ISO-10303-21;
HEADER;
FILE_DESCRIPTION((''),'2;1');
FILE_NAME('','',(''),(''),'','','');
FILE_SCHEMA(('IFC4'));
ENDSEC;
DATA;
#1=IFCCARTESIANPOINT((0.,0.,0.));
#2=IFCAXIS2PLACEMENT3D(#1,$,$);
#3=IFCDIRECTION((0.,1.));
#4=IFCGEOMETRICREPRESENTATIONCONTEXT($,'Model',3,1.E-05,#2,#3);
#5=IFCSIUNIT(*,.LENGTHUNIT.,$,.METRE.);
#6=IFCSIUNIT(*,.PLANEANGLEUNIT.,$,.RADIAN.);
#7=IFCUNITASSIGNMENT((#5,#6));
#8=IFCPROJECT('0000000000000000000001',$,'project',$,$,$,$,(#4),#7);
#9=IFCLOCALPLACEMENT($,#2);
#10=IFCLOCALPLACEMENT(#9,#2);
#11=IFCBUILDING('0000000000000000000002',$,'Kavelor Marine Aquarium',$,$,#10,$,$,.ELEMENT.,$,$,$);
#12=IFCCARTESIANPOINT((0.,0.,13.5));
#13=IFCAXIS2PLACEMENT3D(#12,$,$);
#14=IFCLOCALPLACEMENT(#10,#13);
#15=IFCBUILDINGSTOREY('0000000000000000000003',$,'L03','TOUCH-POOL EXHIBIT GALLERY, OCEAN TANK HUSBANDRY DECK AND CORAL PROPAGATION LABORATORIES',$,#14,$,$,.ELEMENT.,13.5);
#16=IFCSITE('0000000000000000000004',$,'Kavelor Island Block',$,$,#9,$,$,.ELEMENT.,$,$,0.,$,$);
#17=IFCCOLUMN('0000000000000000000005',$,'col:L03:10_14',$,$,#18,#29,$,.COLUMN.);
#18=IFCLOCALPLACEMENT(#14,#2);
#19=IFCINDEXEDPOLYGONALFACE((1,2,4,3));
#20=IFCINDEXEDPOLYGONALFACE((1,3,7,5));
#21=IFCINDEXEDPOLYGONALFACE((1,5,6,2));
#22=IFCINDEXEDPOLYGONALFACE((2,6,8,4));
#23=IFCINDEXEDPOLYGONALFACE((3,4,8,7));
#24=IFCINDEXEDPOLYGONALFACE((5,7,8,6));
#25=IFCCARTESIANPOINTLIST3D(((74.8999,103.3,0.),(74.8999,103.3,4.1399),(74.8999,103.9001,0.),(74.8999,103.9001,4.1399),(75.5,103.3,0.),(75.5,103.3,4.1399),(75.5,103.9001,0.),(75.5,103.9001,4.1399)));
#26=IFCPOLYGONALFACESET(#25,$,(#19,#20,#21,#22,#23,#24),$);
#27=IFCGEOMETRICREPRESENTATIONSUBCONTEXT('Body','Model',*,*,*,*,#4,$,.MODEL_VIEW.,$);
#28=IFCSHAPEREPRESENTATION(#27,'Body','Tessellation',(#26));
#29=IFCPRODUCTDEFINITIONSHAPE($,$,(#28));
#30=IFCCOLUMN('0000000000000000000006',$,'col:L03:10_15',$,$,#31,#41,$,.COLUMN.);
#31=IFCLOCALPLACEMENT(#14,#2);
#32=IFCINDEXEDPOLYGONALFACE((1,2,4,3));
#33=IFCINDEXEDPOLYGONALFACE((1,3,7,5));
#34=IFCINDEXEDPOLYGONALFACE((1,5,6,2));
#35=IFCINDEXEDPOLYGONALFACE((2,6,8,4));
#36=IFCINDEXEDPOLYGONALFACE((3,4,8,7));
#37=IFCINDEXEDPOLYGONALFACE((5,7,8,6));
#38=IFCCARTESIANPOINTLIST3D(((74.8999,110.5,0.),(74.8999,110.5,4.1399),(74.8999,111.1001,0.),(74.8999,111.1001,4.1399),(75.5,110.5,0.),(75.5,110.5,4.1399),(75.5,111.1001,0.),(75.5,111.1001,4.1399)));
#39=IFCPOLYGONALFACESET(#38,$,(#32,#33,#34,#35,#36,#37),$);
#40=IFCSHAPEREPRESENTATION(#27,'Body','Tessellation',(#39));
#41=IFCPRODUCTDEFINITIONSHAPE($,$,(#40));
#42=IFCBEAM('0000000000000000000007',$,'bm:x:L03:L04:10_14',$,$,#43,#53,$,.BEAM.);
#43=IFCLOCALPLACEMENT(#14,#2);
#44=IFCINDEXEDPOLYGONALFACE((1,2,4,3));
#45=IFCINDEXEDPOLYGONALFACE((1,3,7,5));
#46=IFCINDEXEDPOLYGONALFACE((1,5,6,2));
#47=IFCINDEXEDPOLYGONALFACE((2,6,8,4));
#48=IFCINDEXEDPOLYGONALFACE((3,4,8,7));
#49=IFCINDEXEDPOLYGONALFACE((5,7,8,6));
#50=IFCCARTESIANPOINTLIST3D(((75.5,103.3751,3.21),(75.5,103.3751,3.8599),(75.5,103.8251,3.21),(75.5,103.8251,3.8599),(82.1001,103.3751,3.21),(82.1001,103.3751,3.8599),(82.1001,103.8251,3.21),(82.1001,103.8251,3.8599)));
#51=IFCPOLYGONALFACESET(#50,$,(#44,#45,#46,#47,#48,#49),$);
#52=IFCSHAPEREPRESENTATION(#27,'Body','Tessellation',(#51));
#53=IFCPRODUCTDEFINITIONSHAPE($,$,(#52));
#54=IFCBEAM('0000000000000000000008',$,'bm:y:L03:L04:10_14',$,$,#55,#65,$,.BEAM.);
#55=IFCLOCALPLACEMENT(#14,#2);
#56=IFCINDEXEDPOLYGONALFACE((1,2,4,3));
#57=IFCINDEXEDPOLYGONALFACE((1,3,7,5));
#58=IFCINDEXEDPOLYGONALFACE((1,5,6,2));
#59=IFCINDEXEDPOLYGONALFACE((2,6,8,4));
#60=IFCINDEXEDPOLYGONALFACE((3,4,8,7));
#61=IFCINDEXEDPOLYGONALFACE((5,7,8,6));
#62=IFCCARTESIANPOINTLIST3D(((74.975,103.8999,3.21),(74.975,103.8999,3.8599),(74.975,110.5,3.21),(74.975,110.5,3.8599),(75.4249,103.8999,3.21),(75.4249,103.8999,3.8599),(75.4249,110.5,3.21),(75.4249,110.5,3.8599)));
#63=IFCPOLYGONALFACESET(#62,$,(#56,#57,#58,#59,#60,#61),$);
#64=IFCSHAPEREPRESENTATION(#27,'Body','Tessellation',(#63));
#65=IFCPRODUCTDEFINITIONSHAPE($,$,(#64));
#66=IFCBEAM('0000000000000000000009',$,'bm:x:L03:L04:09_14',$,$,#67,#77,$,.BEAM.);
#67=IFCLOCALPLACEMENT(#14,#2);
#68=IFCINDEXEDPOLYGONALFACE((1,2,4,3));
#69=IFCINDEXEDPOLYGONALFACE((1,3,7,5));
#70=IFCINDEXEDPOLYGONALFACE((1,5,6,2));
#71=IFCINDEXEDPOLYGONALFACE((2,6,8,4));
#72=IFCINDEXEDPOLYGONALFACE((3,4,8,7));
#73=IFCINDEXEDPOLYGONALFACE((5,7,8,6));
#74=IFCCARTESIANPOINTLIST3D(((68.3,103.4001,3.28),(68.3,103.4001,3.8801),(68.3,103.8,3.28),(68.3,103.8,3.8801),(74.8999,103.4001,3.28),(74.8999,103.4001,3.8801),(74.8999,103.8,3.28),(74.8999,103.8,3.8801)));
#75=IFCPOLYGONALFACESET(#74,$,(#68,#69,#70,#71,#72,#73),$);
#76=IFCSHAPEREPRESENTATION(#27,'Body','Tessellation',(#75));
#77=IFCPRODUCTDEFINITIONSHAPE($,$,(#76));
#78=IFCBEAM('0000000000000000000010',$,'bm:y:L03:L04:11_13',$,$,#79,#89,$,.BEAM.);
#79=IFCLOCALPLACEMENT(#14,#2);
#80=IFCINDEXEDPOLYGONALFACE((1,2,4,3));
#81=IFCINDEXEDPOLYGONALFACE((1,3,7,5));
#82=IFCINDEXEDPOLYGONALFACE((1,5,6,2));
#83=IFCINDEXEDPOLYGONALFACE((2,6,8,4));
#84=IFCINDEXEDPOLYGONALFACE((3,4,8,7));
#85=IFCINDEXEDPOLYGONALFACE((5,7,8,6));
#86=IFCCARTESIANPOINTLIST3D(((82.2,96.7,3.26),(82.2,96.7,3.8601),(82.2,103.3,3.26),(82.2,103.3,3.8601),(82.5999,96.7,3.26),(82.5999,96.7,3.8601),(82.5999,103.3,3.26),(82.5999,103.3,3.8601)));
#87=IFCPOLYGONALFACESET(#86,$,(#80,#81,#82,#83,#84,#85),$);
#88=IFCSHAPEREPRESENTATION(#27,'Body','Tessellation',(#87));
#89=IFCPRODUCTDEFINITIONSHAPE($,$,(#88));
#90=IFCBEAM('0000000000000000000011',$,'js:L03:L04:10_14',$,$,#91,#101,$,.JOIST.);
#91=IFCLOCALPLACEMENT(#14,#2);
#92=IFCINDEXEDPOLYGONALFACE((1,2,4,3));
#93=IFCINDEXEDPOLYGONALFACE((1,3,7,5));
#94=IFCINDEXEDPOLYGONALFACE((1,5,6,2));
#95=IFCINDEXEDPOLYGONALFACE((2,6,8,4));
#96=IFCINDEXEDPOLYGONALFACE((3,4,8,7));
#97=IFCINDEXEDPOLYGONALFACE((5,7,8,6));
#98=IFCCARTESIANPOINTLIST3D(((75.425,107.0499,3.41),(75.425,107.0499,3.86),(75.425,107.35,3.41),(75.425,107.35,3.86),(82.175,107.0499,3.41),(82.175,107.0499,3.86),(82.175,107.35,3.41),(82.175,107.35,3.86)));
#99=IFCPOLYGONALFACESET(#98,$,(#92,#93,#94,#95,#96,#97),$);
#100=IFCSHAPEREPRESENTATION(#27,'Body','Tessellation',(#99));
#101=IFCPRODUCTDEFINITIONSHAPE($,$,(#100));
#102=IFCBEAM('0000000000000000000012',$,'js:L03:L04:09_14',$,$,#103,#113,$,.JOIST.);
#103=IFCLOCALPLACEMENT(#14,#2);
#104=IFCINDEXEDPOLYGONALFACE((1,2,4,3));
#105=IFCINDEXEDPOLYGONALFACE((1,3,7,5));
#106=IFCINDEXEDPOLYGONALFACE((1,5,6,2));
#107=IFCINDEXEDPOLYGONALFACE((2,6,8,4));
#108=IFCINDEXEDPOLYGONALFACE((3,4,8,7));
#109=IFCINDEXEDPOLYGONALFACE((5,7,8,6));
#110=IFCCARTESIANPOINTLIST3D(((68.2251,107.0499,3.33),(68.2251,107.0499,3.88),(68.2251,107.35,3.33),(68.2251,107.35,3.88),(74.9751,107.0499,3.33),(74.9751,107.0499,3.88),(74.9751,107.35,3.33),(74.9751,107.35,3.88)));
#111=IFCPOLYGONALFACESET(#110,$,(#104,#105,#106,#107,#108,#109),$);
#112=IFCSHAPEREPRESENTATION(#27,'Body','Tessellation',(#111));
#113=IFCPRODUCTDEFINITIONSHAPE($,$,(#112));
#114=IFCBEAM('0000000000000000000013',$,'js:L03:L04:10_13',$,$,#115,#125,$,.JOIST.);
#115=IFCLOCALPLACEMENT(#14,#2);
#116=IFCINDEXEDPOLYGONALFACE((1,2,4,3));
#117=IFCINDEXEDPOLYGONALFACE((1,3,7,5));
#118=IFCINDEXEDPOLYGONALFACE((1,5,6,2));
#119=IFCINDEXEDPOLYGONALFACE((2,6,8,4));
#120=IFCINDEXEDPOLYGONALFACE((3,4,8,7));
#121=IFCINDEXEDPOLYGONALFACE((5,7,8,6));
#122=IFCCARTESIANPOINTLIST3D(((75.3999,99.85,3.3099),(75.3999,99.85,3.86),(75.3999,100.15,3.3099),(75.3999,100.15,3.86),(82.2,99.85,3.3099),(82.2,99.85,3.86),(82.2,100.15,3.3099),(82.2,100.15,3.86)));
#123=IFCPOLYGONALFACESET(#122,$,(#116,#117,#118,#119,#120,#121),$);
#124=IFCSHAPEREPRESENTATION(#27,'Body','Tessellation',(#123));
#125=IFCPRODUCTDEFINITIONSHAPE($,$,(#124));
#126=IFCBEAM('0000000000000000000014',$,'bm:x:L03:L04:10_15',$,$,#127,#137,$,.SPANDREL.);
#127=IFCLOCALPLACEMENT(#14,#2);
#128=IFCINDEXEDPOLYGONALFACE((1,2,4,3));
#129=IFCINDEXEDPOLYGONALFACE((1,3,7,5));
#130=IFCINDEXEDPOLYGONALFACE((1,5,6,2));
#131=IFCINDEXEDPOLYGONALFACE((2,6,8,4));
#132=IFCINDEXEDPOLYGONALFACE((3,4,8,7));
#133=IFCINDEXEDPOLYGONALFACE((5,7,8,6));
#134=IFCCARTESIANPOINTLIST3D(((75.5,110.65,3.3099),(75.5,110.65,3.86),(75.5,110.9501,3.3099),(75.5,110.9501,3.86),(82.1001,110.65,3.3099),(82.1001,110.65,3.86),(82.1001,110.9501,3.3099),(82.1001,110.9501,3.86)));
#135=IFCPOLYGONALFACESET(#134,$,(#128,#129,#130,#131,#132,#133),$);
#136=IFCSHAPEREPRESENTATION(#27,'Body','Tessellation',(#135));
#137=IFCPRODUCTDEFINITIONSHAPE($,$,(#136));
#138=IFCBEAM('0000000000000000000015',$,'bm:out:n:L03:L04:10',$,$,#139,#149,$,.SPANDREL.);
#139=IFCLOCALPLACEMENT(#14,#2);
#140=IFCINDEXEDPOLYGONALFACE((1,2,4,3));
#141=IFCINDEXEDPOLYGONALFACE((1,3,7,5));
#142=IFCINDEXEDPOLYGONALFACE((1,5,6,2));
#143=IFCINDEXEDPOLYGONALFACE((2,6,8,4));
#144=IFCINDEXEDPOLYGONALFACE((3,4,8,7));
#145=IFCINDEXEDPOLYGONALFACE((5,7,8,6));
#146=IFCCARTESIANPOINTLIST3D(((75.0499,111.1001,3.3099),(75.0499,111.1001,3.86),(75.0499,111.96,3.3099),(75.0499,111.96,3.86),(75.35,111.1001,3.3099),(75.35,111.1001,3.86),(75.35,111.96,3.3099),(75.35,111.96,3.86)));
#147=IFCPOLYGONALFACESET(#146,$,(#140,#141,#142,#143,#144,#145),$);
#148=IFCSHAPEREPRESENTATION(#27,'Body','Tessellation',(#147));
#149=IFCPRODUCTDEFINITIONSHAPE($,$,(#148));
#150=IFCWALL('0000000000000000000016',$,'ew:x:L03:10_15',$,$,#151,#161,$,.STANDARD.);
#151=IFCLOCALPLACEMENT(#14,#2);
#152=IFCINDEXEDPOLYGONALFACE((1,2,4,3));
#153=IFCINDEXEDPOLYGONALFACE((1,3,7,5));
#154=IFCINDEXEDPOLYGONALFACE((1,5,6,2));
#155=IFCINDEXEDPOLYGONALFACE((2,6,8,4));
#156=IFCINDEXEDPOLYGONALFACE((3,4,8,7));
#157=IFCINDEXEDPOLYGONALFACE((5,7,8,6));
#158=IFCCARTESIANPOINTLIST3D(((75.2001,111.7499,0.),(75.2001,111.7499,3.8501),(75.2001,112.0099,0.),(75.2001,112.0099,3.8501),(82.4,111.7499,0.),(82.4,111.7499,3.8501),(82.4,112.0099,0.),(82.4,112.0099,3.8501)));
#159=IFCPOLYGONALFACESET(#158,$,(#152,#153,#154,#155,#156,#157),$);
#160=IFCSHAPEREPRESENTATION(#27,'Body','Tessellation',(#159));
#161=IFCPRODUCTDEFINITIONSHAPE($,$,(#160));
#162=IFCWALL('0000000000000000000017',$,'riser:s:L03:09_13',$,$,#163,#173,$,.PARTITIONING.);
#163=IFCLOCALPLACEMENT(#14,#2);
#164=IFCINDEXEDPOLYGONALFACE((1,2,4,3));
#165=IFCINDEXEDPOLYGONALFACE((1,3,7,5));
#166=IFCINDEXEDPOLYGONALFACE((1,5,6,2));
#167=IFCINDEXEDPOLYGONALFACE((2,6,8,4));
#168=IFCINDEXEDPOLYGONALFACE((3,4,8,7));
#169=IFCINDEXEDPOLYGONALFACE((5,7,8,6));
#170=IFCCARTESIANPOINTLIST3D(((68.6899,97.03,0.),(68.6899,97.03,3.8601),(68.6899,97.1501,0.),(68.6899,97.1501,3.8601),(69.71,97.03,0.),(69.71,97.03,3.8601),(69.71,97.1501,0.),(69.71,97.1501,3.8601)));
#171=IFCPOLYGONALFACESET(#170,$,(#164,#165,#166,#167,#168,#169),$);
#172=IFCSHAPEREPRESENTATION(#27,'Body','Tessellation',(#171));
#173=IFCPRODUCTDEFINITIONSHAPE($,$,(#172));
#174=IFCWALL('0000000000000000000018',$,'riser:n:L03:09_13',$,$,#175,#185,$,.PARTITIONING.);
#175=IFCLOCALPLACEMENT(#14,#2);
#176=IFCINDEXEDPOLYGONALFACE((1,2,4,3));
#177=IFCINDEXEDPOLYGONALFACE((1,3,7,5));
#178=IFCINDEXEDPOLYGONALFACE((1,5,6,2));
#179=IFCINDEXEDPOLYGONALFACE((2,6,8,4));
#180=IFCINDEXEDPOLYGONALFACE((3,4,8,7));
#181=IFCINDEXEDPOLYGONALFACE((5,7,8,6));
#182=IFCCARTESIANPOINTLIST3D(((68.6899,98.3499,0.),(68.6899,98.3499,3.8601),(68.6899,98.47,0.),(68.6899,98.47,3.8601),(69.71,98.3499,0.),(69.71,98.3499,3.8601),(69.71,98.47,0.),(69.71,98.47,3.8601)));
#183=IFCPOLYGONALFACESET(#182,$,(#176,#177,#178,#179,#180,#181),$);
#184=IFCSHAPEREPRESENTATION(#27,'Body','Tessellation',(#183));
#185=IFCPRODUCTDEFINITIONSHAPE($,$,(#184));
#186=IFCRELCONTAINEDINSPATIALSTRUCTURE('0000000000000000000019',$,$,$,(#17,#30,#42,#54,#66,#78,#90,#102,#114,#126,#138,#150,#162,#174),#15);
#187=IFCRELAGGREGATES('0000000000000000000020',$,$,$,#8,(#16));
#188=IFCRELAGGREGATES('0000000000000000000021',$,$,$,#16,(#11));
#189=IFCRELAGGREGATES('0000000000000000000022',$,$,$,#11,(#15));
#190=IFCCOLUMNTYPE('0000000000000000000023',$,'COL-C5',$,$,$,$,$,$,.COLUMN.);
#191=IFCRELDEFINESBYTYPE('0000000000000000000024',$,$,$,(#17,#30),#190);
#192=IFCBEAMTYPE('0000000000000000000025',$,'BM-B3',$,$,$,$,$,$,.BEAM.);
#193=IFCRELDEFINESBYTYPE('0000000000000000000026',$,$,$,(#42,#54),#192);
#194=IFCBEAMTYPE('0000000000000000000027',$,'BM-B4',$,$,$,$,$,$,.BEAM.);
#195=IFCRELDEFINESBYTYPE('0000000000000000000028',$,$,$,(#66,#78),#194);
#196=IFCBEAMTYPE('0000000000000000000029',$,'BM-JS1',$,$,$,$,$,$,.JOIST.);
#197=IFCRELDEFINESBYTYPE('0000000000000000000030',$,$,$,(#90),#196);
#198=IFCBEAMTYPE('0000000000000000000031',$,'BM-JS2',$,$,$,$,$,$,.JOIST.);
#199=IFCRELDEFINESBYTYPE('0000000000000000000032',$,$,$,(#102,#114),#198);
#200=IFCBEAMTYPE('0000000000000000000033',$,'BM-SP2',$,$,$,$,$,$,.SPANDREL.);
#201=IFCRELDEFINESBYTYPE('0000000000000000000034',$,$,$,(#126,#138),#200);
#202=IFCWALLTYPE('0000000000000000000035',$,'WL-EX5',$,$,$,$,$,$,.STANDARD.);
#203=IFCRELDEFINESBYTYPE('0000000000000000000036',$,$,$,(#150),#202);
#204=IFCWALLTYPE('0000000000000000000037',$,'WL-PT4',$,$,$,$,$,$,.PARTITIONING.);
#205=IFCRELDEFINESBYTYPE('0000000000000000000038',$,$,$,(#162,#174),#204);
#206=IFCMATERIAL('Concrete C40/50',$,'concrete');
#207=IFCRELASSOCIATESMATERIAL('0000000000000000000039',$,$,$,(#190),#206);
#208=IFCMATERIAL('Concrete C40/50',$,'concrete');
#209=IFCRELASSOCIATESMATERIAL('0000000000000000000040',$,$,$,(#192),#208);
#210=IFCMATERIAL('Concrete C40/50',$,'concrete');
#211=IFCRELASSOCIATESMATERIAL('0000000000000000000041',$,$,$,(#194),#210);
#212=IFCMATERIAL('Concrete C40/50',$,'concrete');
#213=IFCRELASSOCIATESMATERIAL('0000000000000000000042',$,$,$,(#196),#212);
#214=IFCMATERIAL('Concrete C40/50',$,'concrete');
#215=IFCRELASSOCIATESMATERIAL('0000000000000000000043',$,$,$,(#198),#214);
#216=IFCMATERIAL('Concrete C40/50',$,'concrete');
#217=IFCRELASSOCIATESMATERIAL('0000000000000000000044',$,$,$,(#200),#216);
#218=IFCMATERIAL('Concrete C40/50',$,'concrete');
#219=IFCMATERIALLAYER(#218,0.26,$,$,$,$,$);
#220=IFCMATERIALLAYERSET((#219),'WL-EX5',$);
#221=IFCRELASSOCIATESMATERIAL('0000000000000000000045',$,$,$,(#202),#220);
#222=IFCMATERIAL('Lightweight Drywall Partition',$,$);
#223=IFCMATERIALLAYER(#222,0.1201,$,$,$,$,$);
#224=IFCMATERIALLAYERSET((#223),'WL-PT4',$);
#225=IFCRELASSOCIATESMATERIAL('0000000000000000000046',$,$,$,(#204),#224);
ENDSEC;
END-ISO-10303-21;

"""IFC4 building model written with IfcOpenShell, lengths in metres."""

from ifc_helpers import new_model, si_unit, direction, frame, frame_2d, origin, origin_2d, place, context, subcontext, project, spatial, rectangle, extrude, material, layer, layer_set, material_profile, profile_set, type_object, element, save


model = new_model("IFC4")

# Units and contexts
model_context = context("Model", 3, precision=1e-05, world=origin(), true_north=direction((0.0, 1.0)))
body_context = subcontext(model_context, "Body", "Model", "MODEL_VIEW")
ifc_project = project(units=[si_unit("LENGTHUNIT", "METRE"), si_unit("PLANEANGLEUNIT", "RADIAN")], contexts=[model_context])

# Site, building, storey
site_placement = place(None, origin())
site = spatial("IfcSite", under=ifc_project, at=site_placement, Name="Kavelor Island Block", CompositionType="ELEMENT", RefElevation=0.0)
building_placement = place(site_placement, origin())
building = spatial("IfcBuilding", under=site, at=building_placement, Name="Kavelor Marine Aquarium", CompositionType="ELEMENT")
storey_placement = place(building_placement, frame((0.0, 0.0, 13.5)))
storey = spatial("IfcBuildingStorey", under=building, at=storey_placement, Name="L03", Description="TOUCH-POOL EXHIBIT GALLERY, OCEAN TANK HUSBANDRY DECK AND CORAL PROPAGATION LABORATORIES", CompositionType="ELEMENT", Elevation=13.5)

# Columns
ifc_material_1 = material(Name="Concrete C40/50", Category="concrete")
ifc_material_profile_1 = material_profile(ifc_material_1, rectangle(XDim=0.6001, YDim=0.6001, at=origin_2d()), Name="RC-COL 600x600")
ifc_profile_set_1 = profile_set([ifc_material_profile_1], Name="Concrete C40/50")
column_type = type_object("IfcColumnType", Name="COL-C5", PredefinedType="COLUMN", material=ifc_profile_set_1)
for number, where, z_axis, x_axis, name in (
    (1, (75.2, 103.6001, 0.0), (0.0, 0.0, 1.0), (1.0, 0.0, 0.0), "col:L03:10_14"),
    (2, (75.2, 110.8, 0.0), (0.0, 0.0, 1.0), (1.0, 0.0, 0.0), "col:L03:10_15"),
):
    element("IfcColumn", number, at=place(storey_placement, frame(where, z_axis=z_axis, x_axis=x_axis)), inside=storey, type_object=column_type, Name=name, PredefinedType="COLUMN", context=body_context, shape_type="SweptSolid", body=[
        extrude(rectangle(XDim=0.6001, YDim=0.6001, at=origin_2d()), origin(), (0.0, 0.0, 1.0), 4.1399),
    ])

# Beams
ifc_material_2 = material(Name="Concrete C40/50", Category="concrete")
ifc_material_profile_2 = material_profile(ifc_material_2, rectangle(XDim=0.45, YDim=0.6499, at=origin_2d()), Name="RC-BM 450x650")
ifc_profile_set_2 = profile_set([ifc_material_profile_2], Name="Concrete C40/50")
beam_type_1 = type_object("IfcBeamType", Name="BM-B3", PredefinedType="BEAM", material=ifc_profile_set_2)
for number, where, z_axis, x_axis, name in (
    (3, (75.5, 103.6001, 3.5349), (1.0, 0.0, 0.0), (0.0, 1.0, 0.0), "bm:x:L03:L04:10_14"),
    (4, (75.2, 103.8999, 3.5349), (0.0, 1.0, 0.0), (-1.0, 0.0, 0.0), "bm:y:L03:L04:10_14"),
):
    element("IfcBeam", number, at=place(storey_placement, frame(where, z_axis=z_axis, x_axis=x_axis)), inside=storey, type_object=beam_type_1, Name=name, PredefinedType="BEAM", context=body_context, shape_type="SweptSolid", body=[
        extrude(rectangle(XDim=0.45, YDim=0.6499, at=origin_2d()), origin(), (0.0, 0.0, 1.0), 6.6001),
    ])
ifc_material_3 = material(Name="Concrete C40/50", Category="concrete")
ifc_material_profile_3 = material_profile(ifc_material_3, rectangle(XDim=0.3999, YDim=0.6001, at=origin_2d()), Name="RC-BM 400x600")
ifc_profile_set_3 = profile_set([ifc_material_profile_3], Name="Concrete C40/50")
beam_type_2 = type_object("IfcBeamType", Name="BM-B4", PredefinedType="BEAM", material=ifc_profile_set_3)
beam_1_placement = place(storey_placement, frame((68.3, 103.6001, 3.5801), z_axis=(1.0, 0.0, 0.0), x_axis=(0.0, 1.0, 0.0)))
element("IfcBeam", 5, at=beam_1_placement, inside=storey, type_object=beam_type_2, Name="bm:x:L03:L04:09_14", PredefinedType="BEAM", context=body_context, shape_type="SweptSolid", body=[
    extrude(rectangle(XDim=0.3999, YDim=0.6001, at=origin_2d()), origin(), (0.0, 0.0, 1.0), 6.5999),
])
beam_2_placement = place(storey_placement, frame((82.3999, 96.7, 3.5601), z_axis=(0.0, 1.0, 0.0), x_axis=(-1.0, 0.0, 0.0)))
element("IfcBeam", 6, at=beam_2_placement, inside=storey, type_object=beam_type_2, Name="bm:y:L03:L04:11_13", PredefinedType="BEAM", context=body_context, shape_type="SweptSolid", body=[
    extrude(rectangle(XDim=0.3999, YDim=0.6001, at=origin_2d()), origin(), (0.0, 0.0, 1.0), 6.6001),
])
ifc_material_4 = material(Name="Concrete C40/50", Category="concrete")
ifc_material_profile_4 = material_profile(ifc_material_4, rectangle(XDim=0.3, YDim=0.45, at=origin_2d()), Name="RC-JS 300x450")
ifc_profile_set_4 = profile_set([ifc_material_profile_4], Name="Concrete C40/50")
beam_type_3 = type_object("IfcBeamType", Name="BM-JS1", PredefinedType="JOIST", material=ifc_profile_set_4)
beam_3_placement = place(storey_placement, frame((75.425, 107.2, 3.635), z_axis=(1.0, 0.0, 0.0), x_axis=(0.0, 1.0, 0.0)))
element("IfcBeam", 7, at=beam_3_placement, inside=storey, type_object=beam_type_3, Name="js:L03:L04:10_14", PredefinedType="JOIST", context=body_context, shape_type="SweptSolid", body=[
    extrude(rectangle(XDim=0.3, YDim=0.45, at=origin_2d()), origin(), (0.0, 0.0, 1.0), 6.75),
])
ifc_material_5 = material(Name="Concrete C40/50", Category="concrete")
ifc_material_profile_5 = material_profile(ifc_material_5, rectangle(XDim=0.3, YDim=0.55, at=origin_2d()), Name="RC-JS 300x550")
ifc_profile_set_5 = profile_set([ifc_material_profile_5], Name="Concrete C40/50")
beam_type_4 = type_object("IfcBeamType", Name="BM-JS2", PredefinedType="JOIST", material=ifc_profile_set_5)
beam_4_placement = place(storey_placement, frame((68.2251, 107.2, 3.605), z_axis=(1.0, 0.0, 0.0), x_axis=(0.0, 1.0, 0.0)))
element("IfcBeam", 8, at=beam_4_placement, inside=storey, type_object=beam_type_4, Name="js:L03:L04:09_14", PredefinedType="JOIST", context=body_context, shape_type="SweptSolid", body=[
    extrude(rectangle(XDim=0.3, YDim=0.55, at=origin_2d()), origin(), (0.0, 0.0, 1.0), 6.75),
])
beam_5_placement = place(storey_placement, frame((75.3999, 100.0, 3.585), z_axis=(1.0, 0.0, 0.0), x_axis=(0.0, 1.0, 0.0)))
element("IfcBeam", 9, at=beam_5_placement, inside=storey, type_object=beam_type_4, Name="js:L03:L04:10_13", PredefinedType="JOIST", context=body_context, shape_type="SweptSolid", body=[
    extrude(rectangle(XDim=0.3, YDim=0.55, at=origin_2d()), origin(), (0.0, 0.0, 1.0), 6.8),
])
ifc_material_6 = material(Name="Concrete C40/50", Category="concrete")
ifc_material_profile_6 = material_profile(ifc_material_6, rectangle(XDim=0.3, YDim=0.55, at=origin_2d()), Name="RC-SP 300x550")
ifc_profile_set_6 = profile_set([ifc_material_profile_6], Name="Concrete C40/50")
beam_type_5 = type_object("IfcBeamType", Name="BM-SP2", PredefinedType="SPANDREL", material=ifc_profile_set_6)
beam_6_placement = place(storey_placement, frame((75.5, 110.8, 3.585), z_axis=(1.0, 0.0, 0.0), x_axis=(0.0, 1.0, 0.0)))
element("IfcBeam", 10, at=beam_6_placement, inside=storey, type_object=beam_type_5, Name="bm:x:L03:L04:10_15", PredefinedType="SPANDREL", context=body_context, shape_type="SweptSolid", body=[
    extrude(rectangle(XDim=0.3, YDim=0.55, at=origin_2d()), origin(), (0.0, 0.0, 1.0), 6.6001),
])
beam_7_placement = place(storey_placement, frame((75.2, 111.1001, 3.585), z_axis=(0.0, 1.0, 0.0), x_axis=(-1.0, 0.0, 0.0)))
element("IfcBeam", 11, at=beam_7_placement, inside=storey, type_object=beam_type_5, Name="bm:out:n:L03:L04:10", PredefinedType="SPANDREL", context=body_context, shape_type="SweptSolid", body=[
    extrude(rectangle(XDim=0.3, YDim=0.55, at=origin_2d()), origin(), (0.0, 0.0, 1.0), 0.8599),
])

# Walls
ifc_material_7 = material(Name="Concrete C40/50", Category="concrete")
ifc_layer_1 = layer(ifc_material_7, 0.26)
ifc_layer_set_1 = layer_set([ifc_layer_1], Name="WL-EX5")
wall_type_1 = type_object("IfcWallType", Name="WL-EX5", PredefinedType="STANDARD", material=ifc_layer_set_1)
wall_placement = place(storey_placement, frame((75.2, 111.8799, 0.0), z_axis=(0.0, 0.0, 1.0), x_axis=(1.0, 0.0, 0.0)))
element("IfcWall", 12, at=wall_placement, inside=storey, type_object=wall_type_1, Name="ew:x:L03:10_15", PredefinedType="STANDARD", context=body_context, shape_type="SweptSolid", body=[
    extrude(rectangle(XDim=7.2, YDim=0.26, at=frame_2d((3.6001, 0.0))), origin(), (0.0, 0.0, 1.0), 3.8501),
])
ifc_material_8 = material(Name="Lightweight Drywall Partition")
ifc_layer_2 = layer(ifc_material_8, 0.1201)
ifc_layer_set_2 = layer_set([ifc_layer_2], Name="WL-PT4")
wall_type_2 = type_object("IfcWallType", Name="WL-PT4", PredefinedType="PARTITIONING", material=ifc_layer_set_2)
for number, where, z_axis, x_axis, name in (
    (13, (68.6899, 97.0901, 0.0), (0.0, 0.0, 1.0), (1.0, 0.0, 0.0), "riser:s:L03:09_13"),
    (14, (68.6899, 98.4099, 0.0), (0.0, 0.0, 1.0), (1.0, 0.0, 0.0), "riser:n:L03:09_13"),
):
    element("IfcWall", number, at=place(storey_placement, frame(where, z_axis=z_axis, x_axis=x_axis)), inside=storey, type_object=wall_type_2, Name=name, PredefinedType="PARTITIONING", context=body_context, shape_type="SweptSolid", body=[
        extrude(rectangle(XDim=1.02, YDim=0.1201, at=frame_2d((0.51, 0.0))), origin(), (0.0, 0.0, 1.0), 3.8601),
    ])

save(model, "model.ifc")
